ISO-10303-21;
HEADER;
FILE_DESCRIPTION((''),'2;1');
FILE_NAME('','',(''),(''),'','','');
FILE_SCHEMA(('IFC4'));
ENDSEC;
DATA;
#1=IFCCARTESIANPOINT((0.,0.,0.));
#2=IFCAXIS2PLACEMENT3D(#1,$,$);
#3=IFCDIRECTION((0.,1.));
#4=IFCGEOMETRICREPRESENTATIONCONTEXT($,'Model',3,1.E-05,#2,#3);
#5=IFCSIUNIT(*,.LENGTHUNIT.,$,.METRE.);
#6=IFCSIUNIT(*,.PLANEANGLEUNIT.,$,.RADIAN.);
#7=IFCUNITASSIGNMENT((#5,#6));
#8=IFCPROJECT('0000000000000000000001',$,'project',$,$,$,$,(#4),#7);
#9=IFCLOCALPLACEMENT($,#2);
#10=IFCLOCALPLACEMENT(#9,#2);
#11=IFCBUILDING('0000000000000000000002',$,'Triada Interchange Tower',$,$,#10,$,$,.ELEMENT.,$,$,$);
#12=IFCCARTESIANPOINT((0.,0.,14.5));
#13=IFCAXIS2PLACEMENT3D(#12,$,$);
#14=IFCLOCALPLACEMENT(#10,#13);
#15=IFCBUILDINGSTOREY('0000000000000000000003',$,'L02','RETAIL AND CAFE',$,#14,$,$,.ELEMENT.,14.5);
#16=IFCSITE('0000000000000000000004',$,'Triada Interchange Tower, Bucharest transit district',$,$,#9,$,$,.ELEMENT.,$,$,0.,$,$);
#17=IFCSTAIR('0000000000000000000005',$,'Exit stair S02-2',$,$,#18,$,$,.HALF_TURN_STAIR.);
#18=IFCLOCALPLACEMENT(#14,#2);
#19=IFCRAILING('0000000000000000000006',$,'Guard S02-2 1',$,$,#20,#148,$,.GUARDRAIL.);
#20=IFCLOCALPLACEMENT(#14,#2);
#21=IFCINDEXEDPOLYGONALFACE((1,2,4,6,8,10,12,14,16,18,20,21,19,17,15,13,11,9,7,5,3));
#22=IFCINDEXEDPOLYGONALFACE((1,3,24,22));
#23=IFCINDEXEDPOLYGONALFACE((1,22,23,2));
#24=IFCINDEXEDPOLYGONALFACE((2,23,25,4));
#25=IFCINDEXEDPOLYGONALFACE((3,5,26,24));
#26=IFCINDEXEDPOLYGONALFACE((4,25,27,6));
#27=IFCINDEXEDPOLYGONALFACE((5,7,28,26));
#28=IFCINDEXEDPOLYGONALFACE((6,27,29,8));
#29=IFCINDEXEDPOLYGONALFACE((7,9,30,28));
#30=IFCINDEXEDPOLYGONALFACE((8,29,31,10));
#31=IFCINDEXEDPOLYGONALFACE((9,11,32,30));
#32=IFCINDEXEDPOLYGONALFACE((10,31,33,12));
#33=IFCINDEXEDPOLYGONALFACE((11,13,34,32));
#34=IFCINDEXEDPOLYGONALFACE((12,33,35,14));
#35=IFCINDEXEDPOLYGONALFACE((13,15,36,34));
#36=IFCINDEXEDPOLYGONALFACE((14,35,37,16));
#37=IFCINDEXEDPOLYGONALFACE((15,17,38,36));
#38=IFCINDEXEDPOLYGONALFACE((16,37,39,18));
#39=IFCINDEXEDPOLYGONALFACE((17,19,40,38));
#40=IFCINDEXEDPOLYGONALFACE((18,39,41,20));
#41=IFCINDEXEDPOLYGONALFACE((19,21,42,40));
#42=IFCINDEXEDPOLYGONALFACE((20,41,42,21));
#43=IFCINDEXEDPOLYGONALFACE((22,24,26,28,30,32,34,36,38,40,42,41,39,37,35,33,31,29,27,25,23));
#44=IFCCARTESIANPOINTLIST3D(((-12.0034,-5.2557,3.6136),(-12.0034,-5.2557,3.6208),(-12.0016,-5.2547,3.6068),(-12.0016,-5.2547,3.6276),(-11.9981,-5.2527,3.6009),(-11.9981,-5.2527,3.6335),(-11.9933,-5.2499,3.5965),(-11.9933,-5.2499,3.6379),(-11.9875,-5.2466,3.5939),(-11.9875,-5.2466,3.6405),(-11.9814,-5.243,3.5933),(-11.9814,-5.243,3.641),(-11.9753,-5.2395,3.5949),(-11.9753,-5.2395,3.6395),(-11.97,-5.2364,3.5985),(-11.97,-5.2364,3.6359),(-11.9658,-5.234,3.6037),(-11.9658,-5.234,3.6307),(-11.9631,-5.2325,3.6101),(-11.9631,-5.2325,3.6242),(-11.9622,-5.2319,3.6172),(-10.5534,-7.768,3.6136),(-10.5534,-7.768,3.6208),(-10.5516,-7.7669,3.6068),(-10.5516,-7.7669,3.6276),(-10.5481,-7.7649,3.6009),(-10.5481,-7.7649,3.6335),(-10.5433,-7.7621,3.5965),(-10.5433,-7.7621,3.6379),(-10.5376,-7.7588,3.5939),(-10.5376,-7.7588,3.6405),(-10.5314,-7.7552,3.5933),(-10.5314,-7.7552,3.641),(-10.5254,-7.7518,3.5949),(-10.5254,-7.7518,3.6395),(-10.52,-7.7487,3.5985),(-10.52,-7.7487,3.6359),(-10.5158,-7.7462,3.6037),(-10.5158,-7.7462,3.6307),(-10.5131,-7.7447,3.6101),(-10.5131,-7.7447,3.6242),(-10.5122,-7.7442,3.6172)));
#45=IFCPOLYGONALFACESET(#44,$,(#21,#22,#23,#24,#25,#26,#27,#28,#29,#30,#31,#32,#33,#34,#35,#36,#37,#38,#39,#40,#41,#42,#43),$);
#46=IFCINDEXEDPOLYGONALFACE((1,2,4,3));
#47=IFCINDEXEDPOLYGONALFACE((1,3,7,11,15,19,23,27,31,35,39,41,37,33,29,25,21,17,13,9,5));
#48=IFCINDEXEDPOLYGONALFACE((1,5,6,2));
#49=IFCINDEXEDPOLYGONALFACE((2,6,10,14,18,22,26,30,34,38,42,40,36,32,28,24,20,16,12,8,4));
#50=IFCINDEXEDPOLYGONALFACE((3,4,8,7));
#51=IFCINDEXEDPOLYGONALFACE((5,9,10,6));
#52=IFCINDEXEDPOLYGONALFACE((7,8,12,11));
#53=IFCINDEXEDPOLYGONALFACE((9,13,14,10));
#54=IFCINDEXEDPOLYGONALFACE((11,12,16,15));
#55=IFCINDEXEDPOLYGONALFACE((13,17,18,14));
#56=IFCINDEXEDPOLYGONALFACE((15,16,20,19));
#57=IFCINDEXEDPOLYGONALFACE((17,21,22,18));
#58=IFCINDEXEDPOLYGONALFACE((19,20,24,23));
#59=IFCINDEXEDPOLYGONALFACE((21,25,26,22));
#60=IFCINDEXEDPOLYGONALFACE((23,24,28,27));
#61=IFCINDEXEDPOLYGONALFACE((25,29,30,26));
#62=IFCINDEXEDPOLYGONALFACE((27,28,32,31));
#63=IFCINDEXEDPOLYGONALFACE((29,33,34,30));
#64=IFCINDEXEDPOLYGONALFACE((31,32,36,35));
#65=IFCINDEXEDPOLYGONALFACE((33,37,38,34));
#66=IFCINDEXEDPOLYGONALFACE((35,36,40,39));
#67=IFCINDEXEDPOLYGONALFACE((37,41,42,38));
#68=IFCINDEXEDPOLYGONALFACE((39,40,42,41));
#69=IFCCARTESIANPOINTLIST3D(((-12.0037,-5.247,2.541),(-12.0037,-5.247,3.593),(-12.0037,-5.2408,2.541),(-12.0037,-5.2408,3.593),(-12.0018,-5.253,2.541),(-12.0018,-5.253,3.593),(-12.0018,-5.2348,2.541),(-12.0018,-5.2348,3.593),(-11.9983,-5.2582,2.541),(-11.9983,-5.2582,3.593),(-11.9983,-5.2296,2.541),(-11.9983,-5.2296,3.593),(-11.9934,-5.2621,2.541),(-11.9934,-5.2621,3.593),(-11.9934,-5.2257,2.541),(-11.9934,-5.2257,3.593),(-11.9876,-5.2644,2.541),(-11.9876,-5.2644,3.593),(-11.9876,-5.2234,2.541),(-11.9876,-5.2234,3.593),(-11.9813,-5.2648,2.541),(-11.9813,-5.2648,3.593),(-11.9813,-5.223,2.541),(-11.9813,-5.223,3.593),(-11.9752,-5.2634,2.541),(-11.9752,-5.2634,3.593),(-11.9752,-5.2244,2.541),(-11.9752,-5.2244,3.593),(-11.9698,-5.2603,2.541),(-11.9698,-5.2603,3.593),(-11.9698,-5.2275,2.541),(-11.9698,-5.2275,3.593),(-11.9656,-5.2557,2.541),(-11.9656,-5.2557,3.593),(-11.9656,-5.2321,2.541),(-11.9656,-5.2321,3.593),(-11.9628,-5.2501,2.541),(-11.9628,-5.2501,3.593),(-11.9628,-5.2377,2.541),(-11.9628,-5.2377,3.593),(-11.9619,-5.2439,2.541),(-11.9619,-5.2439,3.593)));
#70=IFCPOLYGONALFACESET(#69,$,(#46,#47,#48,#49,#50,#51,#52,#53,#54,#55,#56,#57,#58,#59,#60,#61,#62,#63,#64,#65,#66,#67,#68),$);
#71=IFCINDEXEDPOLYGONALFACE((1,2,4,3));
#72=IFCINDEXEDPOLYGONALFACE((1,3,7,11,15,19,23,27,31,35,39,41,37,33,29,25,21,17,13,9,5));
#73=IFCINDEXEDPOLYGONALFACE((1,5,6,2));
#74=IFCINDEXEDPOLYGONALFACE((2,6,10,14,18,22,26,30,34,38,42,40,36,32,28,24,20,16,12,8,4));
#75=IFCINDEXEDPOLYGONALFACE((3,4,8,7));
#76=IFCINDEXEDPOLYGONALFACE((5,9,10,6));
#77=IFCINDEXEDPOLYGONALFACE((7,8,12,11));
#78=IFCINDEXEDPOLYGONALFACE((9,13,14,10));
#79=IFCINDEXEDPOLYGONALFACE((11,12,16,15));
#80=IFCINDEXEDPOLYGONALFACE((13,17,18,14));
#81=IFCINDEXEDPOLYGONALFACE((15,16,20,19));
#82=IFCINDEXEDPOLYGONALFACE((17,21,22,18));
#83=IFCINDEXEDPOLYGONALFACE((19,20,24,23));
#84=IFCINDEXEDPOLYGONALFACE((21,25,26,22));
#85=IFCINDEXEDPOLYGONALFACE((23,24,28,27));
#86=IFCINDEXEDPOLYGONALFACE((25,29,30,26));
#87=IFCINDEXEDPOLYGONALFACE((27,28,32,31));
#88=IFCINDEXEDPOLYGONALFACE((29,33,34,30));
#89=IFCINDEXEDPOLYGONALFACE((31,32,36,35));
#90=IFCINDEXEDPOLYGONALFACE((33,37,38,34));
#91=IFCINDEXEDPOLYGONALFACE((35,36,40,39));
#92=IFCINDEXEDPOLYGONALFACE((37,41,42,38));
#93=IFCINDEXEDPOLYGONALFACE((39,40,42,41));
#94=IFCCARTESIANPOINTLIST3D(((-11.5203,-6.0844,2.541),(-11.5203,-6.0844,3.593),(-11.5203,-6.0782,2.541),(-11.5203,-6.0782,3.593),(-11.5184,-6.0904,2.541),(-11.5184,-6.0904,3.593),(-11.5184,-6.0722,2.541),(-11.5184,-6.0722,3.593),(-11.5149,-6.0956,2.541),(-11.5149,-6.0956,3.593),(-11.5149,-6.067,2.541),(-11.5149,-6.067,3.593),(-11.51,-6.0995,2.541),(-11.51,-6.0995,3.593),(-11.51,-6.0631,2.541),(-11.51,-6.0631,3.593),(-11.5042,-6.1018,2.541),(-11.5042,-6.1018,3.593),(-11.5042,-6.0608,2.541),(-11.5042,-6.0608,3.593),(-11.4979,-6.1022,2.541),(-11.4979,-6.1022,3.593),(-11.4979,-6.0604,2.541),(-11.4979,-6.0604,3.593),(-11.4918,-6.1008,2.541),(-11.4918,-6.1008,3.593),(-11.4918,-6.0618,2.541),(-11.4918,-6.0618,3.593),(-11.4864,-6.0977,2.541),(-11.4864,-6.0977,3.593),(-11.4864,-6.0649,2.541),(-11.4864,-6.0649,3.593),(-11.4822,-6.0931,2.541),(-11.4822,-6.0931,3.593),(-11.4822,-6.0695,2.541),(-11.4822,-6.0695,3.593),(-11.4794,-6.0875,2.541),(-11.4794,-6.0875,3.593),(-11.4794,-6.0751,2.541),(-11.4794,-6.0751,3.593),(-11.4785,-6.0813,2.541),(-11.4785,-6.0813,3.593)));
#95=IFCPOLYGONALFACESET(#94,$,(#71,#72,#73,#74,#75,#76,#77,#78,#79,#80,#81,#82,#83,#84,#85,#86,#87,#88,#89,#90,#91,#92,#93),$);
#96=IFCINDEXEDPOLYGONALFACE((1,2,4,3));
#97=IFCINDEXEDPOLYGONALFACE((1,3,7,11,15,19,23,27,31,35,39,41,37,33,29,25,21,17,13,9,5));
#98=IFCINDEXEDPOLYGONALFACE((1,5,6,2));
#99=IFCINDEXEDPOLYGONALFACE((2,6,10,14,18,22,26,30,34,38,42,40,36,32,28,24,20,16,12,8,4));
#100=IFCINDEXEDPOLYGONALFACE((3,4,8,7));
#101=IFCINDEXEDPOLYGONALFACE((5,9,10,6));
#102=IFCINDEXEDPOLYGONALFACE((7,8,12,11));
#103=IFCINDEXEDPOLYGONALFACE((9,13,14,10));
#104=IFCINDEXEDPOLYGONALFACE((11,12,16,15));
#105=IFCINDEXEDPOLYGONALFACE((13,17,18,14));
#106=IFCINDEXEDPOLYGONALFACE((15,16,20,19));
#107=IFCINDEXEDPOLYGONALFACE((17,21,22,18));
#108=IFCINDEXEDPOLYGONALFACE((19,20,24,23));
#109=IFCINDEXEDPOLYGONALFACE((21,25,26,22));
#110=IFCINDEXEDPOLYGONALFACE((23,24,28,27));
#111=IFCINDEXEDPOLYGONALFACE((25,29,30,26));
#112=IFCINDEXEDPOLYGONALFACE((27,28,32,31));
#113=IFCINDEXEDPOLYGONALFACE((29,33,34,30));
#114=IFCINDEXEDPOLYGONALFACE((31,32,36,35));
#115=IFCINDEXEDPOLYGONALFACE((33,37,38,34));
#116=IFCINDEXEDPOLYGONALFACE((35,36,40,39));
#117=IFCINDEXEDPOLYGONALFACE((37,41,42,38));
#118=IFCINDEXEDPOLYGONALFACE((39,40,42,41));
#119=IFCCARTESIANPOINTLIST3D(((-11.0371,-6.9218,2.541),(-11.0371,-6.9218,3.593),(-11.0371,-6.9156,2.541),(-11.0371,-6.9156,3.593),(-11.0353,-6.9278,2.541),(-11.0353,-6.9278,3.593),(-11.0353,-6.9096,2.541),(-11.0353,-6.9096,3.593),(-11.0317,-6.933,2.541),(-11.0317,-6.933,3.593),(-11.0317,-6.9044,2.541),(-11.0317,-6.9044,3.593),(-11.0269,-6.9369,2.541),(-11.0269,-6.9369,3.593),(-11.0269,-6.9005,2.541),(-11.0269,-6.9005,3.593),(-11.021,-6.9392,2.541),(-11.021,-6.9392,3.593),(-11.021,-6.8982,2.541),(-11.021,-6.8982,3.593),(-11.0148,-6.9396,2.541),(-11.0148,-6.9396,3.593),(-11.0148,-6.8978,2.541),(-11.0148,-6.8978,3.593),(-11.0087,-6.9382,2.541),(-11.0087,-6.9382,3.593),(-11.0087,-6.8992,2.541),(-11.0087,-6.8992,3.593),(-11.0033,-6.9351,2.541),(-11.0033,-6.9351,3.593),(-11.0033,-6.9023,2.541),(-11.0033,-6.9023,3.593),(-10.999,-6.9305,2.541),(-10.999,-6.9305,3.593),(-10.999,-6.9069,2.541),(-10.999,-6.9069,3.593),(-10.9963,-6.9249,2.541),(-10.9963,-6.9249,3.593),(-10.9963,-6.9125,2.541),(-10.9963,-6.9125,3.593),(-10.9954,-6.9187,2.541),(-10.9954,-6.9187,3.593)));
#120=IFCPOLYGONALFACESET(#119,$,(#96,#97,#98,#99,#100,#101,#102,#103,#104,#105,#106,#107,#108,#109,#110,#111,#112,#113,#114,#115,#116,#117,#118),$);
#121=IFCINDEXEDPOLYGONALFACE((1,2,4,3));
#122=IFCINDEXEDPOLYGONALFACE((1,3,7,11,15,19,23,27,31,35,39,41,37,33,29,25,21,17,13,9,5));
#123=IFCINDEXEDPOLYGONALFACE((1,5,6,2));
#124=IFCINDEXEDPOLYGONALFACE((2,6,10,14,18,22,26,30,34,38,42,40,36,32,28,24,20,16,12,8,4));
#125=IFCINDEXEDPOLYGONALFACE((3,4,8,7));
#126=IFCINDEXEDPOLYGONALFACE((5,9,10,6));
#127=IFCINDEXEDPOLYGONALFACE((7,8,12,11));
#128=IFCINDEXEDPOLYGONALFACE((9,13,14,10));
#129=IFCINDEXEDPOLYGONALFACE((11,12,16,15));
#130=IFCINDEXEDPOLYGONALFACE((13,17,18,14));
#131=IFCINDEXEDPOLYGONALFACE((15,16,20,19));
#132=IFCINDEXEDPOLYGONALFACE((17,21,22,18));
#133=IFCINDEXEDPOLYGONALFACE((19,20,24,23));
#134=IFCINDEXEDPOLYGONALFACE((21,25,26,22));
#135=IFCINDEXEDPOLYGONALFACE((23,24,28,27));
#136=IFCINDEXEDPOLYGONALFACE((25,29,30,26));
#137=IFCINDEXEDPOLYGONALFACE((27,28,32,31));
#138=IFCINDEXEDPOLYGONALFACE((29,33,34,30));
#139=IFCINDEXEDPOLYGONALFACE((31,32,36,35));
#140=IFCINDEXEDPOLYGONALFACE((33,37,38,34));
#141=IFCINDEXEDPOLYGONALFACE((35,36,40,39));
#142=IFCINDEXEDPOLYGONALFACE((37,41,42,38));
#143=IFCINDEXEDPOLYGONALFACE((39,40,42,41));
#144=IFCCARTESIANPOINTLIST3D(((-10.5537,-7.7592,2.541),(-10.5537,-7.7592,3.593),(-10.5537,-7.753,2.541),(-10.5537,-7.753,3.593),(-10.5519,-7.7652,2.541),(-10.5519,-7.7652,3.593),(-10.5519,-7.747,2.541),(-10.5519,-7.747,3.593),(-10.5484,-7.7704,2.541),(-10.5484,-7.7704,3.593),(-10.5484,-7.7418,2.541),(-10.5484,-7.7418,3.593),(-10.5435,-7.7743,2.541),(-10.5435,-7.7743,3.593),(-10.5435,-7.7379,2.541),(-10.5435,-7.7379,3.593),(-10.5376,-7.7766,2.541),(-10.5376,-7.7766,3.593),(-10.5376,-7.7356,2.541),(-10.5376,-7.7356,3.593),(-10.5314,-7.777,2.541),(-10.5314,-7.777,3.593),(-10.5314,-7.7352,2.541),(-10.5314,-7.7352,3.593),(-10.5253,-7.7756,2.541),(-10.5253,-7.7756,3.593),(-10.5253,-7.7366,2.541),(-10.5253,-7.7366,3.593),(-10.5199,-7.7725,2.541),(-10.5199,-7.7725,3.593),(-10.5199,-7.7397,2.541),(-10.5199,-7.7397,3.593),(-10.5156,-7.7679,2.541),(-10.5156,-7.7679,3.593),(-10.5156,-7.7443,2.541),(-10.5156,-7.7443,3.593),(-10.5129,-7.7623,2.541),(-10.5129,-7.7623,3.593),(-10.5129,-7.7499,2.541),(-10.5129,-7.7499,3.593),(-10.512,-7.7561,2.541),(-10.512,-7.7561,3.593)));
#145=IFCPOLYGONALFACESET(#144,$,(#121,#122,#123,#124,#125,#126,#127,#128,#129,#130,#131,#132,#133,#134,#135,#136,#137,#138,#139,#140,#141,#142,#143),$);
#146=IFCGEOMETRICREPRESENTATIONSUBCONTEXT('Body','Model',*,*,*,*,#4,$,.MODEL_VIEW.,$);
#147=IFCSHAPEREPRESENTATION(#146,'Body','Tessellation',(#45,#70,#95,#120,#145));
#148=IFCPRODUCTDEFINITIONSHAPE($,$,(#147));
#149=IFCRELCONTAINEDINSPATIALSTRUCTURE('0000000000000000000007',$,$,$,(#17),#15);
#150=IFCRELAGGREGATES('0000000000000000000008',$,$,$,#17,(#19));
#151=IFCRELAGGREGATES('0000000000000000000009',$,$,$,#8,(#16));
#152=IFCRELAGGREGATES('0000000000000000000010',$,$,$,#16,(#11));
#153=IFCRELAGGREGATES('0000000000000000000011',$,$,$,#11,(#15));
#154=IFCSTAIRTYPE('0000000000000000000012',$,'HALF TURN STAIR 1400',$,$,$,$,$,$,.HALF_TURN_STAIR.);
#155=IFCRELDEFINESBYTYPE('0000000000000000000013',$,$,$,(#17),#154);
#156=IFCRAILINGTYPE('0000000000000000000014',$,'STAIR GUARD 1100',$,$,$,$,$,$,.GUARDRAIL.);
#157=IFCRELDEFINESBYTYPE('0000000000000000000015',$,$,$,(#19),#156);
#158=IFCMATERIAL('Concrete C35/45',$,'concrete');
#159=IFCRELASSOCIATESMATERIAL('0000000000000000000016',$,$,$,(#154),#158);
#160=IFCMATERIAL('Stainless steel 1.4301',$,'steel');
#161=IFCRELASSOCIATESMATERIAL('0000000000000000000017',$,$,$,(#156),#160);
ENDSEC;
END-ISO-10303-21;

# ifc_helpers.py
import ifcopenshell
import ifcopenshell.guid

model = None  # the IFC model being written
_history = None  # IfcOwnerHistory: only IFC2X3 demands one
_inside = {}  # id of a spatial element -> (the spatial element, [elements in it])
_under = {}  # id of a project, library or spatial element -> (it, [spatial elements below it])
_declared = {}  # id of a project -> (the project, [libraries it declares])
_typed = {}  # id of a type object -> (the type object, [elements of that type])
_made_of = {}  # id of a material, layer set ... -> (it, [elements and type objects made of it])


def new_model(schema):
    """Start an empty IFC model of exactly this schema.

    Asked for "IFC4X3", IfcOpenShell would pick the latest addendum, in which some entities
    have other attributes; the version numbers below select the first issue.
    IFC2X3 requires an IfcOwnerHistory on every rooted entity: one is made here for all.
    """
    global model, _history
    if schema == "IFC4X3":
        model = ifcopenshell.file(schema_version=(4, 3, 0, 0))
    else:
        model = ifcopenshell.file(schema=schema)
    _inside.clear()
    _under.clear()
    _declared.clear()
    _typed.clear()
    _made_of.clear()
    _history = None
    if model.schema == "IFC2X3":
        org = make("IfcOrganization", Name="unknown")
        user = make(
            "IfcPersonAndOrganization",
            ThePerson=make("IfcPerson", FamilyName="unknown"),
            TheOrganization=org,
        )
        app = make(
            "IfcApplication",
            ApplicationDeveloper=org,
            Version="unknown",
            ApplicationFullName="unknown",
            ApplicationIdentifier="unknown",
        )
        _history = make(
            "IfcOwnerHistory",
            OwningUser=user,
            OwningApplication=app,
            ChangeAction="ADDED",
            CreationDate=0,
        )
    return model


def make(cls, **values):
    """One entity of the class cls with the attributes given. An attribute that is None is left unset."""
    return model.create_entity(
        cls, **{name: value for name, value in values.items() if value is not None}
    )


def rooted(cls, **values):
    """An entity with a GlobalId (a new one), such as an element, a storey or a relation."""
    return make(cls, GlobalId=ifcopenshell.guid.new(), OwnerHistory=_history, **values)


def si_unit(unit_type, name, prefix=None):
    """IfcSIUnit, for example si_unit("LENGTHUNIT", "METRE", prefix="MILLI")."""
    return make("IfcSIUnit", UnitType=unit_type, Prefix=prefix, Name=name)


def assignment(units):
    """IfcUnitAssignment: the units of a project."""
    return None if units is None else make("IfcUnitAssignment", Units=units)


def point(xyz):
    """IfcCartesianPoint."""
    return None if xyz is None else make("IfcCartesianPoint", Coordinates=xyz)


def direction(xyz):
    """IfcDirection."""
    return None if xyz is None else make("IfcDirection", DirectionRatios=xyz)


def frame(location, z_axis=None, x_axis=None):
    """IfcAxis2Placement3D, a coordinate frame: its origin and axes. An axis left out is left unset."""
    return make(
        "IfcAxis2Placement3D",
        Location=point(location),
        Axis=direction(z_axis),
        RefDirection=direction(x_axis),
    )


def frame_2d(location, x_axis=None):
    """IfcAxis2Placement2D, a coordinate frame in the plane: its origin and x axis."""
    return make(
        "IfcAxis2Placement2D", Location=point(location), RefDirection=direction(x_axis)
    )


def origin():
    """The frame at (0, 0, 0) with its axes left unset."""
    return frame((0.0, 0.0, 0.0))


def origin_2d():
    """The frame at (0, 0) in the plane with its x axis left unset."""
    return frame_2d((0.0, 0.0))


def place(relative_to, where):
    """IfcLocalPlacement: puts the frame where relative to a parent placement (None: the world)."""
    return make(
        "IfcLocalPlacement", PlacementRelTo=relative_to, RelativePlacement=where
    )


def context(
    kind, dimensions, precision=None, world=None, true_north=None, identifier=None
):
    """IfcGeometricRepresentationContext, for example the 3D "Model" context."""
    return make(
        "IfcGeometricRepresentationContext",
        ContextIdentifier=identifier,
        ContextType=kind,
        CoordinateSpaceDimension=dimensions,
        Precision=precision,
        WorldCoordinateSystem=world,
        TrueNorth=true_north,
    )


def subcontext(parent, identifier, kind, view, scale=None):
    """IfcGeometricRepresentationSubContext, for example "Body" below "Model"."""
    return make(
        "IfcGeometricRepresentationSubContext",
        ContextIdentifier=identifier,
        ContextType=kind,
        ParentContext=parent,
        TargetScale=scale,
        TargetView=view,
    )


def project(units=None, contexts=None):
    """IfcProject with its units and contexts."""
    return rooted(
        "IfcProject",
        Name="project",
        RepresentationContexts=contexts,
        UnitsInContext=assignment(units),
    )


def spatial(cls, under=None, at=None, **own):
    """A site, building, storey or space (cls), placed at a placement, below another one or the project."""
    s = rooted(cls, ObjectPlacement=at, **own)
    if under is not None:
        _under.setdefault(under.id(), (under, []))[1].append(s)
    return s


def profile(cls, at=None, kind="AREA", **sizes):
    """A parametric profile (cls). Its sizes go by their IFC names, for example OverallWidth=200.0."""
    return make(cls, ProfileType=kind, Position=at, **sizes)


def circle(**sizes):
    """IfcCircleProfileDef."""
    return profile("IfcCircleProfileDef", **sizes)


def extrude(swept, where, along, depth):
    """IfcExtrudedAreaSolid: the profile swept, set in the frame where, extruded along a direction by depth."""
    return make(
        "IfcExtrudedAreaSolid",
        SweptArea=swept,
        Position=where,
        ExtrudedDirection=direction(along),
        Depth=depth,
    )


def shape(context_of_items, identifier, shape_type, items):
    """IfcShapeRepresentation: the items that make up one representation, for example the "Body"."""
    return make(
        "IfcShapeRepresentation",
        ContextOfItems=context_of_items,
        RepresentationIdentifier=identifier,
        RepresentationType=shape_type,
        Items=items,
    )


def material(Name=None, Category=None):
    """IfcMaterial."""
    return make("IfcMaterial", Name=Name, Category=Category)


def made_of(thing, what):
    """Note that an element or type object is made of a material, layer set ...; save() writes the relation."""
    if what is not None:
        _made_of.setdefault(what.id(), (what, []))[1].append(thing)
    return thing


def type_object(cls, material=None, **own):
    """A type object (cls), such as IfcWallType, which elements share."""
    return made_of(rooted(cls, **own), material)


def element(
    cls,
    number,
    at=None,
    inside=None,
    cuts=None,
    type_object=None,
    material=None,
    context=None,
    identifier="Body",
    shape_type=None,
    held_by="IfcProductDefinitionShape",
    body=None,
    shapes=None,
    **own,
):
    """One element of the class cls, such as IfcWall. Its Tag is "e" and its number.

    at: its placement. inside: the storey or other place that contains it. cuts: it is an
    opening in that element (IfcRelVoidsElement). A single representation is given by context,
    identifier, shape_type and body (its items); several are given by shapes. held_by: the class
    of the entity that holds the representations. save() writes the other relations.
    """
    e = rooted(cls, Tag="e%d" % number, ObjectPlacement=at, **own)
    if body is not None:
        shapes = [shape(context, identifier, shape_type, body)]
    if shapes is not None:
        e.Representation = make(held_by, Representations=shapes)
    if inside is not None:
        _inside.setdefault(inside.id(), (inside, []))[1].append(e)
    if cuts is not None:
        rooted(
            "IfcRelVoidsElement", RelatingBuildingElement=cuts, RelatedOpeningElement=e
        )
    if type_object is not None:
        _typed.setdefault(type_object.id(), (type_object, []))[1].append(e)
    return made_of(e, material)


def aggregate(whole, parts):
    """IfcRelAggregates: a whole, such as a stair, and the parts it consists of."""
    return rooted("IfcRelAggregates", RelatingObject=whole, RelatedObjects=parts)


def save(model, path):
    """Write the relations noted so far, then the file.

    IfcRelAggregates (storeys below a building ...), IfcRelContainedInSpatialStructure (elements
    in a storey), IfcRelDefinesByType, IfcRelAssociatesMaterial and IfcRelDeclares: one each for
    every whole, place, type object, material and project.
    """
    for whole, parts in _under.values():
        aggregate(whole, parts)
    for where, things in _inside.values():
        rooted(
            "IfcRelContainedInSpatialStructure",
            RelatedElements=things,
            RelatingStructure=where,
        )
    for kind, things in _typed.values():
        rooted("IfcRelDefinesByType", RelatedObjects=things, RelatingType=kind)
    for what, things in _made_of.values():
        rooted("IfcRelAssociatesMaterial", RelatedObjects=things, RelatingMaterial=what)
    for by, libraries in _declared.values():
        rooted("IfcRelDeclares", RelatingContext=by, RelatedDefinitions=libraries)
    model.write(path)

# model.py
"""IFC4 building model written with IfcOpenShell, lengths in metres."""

from ifc_helpers import new_model, si_unit, direction, frame, origin, origin_2d, place, context, subcontext, project, spatial, circle, extrude, material, type_object, element, aggregate, save


model = new_model("IFC4")

# Units and contexts
model_context = context("Model", 3, precision=1e-05, world=origin(), true_north=direction((0.0, 1.0)))
body_context = subcontext(model_context, "Body", "Model", "MODEL_VIEW")
ifc_project = project(units=[si_unit("LENGTHUNIT", "METRE"), si_unit("PLANEANGLEUNIT", "RADIAN")], contexts=[model_context])

# Site, building, storey
site_placement = place(None, origin())
site = spatial("IfcSite", under=ifc_project, at=site_placement, Name="Triada Interchange Tower, Bucharest transit district", CompositionType="ELEMENT", RefElevation=0.0)
building_placement = place(site_placement, origin())
building = spatial("IfcBuilding", under=site, at=building_placement, Name="Triada Interchange Tower", CompositionType="ELEMENT")
storey_placement = place(building_placement, frame((0.0, 0.0, 14.5)))
storey = spatial("IfcBuildingStorey", under=building, at=storey_placement, Name="L02", Description="RETAIL AND CAFE", CompositionType="ELEMENT", Elevation=14.5)

# Shared definitions
ifc_material_1 = material(Name="Concrete C35/45", Category="concrete")

# Stair, railing
stair_type = type_object("IfcStairType", Name="HALF TURN STAIR 1400", PredefinedType="HALF_TURN_STAIR", material=ifc_material_1)
stair_1_placement = place(storey_placement, origin())
stair_1 = element("IfcStair", 1, at=stair_1_placement, inside=storey, type_object=stair_type, Name="Exit stair S02-2", PredefinedType="HALF_TURN_STAIR")
ifc_material_2 = material(Name="Stainless steel 1.4301", Category="steel")
railing_type_1 = type_object("IfcRailingType", Name="STAIR GUARD 1100", PredefinedType="GUARDRAIL", material=ifc_material_2)
railing_1_placement = place(storey_placement, frame((-11.9829, -5.2439, 2.541)))
railing_1 = element("IfcRailing", 2, at=railing_1_placement, type_object=railing_type_1, Name="Guard S02-2 1", PredefinedType="GUARDRAIL", context=body_context, shape_type="SweptSolid", body=[
    extrude(circle(Radius=0.0239, at=origin_2d()), frame((0.0, 0.0, 1.0762), z_axis=(0.499878, -0.866096, 0.0), x_axis=(0.866096, 0.499878, 0.0)), (0.0, 0.0, 1.0), 2.9006),
    extrude(circle(Radius=0.021, at=origin_2d()), origin(), (0.0, 0.0, 1.0), 1.052),
    extrude(circle(Radius=0.021, at=origin_2d()), frame((0.4834, -0.8374, 0.0)), (0.0, 0.0, 1.0), 1.052),
    extrude(circle(Radius=0.021, at=origin_2d()), frame((0.9666, -1.6748, 0.0)), (0.0, 0.0, 1.0), 1.052),
    extrude(circle(Radius=0.021, at=origin_2d()), frame((1.45, -2.5122, 0.0)), (0.0, 0.0, 1.0), 1.052),
])
aggregate(stair_1, [railing_1])

save(model, "model.ifc")
